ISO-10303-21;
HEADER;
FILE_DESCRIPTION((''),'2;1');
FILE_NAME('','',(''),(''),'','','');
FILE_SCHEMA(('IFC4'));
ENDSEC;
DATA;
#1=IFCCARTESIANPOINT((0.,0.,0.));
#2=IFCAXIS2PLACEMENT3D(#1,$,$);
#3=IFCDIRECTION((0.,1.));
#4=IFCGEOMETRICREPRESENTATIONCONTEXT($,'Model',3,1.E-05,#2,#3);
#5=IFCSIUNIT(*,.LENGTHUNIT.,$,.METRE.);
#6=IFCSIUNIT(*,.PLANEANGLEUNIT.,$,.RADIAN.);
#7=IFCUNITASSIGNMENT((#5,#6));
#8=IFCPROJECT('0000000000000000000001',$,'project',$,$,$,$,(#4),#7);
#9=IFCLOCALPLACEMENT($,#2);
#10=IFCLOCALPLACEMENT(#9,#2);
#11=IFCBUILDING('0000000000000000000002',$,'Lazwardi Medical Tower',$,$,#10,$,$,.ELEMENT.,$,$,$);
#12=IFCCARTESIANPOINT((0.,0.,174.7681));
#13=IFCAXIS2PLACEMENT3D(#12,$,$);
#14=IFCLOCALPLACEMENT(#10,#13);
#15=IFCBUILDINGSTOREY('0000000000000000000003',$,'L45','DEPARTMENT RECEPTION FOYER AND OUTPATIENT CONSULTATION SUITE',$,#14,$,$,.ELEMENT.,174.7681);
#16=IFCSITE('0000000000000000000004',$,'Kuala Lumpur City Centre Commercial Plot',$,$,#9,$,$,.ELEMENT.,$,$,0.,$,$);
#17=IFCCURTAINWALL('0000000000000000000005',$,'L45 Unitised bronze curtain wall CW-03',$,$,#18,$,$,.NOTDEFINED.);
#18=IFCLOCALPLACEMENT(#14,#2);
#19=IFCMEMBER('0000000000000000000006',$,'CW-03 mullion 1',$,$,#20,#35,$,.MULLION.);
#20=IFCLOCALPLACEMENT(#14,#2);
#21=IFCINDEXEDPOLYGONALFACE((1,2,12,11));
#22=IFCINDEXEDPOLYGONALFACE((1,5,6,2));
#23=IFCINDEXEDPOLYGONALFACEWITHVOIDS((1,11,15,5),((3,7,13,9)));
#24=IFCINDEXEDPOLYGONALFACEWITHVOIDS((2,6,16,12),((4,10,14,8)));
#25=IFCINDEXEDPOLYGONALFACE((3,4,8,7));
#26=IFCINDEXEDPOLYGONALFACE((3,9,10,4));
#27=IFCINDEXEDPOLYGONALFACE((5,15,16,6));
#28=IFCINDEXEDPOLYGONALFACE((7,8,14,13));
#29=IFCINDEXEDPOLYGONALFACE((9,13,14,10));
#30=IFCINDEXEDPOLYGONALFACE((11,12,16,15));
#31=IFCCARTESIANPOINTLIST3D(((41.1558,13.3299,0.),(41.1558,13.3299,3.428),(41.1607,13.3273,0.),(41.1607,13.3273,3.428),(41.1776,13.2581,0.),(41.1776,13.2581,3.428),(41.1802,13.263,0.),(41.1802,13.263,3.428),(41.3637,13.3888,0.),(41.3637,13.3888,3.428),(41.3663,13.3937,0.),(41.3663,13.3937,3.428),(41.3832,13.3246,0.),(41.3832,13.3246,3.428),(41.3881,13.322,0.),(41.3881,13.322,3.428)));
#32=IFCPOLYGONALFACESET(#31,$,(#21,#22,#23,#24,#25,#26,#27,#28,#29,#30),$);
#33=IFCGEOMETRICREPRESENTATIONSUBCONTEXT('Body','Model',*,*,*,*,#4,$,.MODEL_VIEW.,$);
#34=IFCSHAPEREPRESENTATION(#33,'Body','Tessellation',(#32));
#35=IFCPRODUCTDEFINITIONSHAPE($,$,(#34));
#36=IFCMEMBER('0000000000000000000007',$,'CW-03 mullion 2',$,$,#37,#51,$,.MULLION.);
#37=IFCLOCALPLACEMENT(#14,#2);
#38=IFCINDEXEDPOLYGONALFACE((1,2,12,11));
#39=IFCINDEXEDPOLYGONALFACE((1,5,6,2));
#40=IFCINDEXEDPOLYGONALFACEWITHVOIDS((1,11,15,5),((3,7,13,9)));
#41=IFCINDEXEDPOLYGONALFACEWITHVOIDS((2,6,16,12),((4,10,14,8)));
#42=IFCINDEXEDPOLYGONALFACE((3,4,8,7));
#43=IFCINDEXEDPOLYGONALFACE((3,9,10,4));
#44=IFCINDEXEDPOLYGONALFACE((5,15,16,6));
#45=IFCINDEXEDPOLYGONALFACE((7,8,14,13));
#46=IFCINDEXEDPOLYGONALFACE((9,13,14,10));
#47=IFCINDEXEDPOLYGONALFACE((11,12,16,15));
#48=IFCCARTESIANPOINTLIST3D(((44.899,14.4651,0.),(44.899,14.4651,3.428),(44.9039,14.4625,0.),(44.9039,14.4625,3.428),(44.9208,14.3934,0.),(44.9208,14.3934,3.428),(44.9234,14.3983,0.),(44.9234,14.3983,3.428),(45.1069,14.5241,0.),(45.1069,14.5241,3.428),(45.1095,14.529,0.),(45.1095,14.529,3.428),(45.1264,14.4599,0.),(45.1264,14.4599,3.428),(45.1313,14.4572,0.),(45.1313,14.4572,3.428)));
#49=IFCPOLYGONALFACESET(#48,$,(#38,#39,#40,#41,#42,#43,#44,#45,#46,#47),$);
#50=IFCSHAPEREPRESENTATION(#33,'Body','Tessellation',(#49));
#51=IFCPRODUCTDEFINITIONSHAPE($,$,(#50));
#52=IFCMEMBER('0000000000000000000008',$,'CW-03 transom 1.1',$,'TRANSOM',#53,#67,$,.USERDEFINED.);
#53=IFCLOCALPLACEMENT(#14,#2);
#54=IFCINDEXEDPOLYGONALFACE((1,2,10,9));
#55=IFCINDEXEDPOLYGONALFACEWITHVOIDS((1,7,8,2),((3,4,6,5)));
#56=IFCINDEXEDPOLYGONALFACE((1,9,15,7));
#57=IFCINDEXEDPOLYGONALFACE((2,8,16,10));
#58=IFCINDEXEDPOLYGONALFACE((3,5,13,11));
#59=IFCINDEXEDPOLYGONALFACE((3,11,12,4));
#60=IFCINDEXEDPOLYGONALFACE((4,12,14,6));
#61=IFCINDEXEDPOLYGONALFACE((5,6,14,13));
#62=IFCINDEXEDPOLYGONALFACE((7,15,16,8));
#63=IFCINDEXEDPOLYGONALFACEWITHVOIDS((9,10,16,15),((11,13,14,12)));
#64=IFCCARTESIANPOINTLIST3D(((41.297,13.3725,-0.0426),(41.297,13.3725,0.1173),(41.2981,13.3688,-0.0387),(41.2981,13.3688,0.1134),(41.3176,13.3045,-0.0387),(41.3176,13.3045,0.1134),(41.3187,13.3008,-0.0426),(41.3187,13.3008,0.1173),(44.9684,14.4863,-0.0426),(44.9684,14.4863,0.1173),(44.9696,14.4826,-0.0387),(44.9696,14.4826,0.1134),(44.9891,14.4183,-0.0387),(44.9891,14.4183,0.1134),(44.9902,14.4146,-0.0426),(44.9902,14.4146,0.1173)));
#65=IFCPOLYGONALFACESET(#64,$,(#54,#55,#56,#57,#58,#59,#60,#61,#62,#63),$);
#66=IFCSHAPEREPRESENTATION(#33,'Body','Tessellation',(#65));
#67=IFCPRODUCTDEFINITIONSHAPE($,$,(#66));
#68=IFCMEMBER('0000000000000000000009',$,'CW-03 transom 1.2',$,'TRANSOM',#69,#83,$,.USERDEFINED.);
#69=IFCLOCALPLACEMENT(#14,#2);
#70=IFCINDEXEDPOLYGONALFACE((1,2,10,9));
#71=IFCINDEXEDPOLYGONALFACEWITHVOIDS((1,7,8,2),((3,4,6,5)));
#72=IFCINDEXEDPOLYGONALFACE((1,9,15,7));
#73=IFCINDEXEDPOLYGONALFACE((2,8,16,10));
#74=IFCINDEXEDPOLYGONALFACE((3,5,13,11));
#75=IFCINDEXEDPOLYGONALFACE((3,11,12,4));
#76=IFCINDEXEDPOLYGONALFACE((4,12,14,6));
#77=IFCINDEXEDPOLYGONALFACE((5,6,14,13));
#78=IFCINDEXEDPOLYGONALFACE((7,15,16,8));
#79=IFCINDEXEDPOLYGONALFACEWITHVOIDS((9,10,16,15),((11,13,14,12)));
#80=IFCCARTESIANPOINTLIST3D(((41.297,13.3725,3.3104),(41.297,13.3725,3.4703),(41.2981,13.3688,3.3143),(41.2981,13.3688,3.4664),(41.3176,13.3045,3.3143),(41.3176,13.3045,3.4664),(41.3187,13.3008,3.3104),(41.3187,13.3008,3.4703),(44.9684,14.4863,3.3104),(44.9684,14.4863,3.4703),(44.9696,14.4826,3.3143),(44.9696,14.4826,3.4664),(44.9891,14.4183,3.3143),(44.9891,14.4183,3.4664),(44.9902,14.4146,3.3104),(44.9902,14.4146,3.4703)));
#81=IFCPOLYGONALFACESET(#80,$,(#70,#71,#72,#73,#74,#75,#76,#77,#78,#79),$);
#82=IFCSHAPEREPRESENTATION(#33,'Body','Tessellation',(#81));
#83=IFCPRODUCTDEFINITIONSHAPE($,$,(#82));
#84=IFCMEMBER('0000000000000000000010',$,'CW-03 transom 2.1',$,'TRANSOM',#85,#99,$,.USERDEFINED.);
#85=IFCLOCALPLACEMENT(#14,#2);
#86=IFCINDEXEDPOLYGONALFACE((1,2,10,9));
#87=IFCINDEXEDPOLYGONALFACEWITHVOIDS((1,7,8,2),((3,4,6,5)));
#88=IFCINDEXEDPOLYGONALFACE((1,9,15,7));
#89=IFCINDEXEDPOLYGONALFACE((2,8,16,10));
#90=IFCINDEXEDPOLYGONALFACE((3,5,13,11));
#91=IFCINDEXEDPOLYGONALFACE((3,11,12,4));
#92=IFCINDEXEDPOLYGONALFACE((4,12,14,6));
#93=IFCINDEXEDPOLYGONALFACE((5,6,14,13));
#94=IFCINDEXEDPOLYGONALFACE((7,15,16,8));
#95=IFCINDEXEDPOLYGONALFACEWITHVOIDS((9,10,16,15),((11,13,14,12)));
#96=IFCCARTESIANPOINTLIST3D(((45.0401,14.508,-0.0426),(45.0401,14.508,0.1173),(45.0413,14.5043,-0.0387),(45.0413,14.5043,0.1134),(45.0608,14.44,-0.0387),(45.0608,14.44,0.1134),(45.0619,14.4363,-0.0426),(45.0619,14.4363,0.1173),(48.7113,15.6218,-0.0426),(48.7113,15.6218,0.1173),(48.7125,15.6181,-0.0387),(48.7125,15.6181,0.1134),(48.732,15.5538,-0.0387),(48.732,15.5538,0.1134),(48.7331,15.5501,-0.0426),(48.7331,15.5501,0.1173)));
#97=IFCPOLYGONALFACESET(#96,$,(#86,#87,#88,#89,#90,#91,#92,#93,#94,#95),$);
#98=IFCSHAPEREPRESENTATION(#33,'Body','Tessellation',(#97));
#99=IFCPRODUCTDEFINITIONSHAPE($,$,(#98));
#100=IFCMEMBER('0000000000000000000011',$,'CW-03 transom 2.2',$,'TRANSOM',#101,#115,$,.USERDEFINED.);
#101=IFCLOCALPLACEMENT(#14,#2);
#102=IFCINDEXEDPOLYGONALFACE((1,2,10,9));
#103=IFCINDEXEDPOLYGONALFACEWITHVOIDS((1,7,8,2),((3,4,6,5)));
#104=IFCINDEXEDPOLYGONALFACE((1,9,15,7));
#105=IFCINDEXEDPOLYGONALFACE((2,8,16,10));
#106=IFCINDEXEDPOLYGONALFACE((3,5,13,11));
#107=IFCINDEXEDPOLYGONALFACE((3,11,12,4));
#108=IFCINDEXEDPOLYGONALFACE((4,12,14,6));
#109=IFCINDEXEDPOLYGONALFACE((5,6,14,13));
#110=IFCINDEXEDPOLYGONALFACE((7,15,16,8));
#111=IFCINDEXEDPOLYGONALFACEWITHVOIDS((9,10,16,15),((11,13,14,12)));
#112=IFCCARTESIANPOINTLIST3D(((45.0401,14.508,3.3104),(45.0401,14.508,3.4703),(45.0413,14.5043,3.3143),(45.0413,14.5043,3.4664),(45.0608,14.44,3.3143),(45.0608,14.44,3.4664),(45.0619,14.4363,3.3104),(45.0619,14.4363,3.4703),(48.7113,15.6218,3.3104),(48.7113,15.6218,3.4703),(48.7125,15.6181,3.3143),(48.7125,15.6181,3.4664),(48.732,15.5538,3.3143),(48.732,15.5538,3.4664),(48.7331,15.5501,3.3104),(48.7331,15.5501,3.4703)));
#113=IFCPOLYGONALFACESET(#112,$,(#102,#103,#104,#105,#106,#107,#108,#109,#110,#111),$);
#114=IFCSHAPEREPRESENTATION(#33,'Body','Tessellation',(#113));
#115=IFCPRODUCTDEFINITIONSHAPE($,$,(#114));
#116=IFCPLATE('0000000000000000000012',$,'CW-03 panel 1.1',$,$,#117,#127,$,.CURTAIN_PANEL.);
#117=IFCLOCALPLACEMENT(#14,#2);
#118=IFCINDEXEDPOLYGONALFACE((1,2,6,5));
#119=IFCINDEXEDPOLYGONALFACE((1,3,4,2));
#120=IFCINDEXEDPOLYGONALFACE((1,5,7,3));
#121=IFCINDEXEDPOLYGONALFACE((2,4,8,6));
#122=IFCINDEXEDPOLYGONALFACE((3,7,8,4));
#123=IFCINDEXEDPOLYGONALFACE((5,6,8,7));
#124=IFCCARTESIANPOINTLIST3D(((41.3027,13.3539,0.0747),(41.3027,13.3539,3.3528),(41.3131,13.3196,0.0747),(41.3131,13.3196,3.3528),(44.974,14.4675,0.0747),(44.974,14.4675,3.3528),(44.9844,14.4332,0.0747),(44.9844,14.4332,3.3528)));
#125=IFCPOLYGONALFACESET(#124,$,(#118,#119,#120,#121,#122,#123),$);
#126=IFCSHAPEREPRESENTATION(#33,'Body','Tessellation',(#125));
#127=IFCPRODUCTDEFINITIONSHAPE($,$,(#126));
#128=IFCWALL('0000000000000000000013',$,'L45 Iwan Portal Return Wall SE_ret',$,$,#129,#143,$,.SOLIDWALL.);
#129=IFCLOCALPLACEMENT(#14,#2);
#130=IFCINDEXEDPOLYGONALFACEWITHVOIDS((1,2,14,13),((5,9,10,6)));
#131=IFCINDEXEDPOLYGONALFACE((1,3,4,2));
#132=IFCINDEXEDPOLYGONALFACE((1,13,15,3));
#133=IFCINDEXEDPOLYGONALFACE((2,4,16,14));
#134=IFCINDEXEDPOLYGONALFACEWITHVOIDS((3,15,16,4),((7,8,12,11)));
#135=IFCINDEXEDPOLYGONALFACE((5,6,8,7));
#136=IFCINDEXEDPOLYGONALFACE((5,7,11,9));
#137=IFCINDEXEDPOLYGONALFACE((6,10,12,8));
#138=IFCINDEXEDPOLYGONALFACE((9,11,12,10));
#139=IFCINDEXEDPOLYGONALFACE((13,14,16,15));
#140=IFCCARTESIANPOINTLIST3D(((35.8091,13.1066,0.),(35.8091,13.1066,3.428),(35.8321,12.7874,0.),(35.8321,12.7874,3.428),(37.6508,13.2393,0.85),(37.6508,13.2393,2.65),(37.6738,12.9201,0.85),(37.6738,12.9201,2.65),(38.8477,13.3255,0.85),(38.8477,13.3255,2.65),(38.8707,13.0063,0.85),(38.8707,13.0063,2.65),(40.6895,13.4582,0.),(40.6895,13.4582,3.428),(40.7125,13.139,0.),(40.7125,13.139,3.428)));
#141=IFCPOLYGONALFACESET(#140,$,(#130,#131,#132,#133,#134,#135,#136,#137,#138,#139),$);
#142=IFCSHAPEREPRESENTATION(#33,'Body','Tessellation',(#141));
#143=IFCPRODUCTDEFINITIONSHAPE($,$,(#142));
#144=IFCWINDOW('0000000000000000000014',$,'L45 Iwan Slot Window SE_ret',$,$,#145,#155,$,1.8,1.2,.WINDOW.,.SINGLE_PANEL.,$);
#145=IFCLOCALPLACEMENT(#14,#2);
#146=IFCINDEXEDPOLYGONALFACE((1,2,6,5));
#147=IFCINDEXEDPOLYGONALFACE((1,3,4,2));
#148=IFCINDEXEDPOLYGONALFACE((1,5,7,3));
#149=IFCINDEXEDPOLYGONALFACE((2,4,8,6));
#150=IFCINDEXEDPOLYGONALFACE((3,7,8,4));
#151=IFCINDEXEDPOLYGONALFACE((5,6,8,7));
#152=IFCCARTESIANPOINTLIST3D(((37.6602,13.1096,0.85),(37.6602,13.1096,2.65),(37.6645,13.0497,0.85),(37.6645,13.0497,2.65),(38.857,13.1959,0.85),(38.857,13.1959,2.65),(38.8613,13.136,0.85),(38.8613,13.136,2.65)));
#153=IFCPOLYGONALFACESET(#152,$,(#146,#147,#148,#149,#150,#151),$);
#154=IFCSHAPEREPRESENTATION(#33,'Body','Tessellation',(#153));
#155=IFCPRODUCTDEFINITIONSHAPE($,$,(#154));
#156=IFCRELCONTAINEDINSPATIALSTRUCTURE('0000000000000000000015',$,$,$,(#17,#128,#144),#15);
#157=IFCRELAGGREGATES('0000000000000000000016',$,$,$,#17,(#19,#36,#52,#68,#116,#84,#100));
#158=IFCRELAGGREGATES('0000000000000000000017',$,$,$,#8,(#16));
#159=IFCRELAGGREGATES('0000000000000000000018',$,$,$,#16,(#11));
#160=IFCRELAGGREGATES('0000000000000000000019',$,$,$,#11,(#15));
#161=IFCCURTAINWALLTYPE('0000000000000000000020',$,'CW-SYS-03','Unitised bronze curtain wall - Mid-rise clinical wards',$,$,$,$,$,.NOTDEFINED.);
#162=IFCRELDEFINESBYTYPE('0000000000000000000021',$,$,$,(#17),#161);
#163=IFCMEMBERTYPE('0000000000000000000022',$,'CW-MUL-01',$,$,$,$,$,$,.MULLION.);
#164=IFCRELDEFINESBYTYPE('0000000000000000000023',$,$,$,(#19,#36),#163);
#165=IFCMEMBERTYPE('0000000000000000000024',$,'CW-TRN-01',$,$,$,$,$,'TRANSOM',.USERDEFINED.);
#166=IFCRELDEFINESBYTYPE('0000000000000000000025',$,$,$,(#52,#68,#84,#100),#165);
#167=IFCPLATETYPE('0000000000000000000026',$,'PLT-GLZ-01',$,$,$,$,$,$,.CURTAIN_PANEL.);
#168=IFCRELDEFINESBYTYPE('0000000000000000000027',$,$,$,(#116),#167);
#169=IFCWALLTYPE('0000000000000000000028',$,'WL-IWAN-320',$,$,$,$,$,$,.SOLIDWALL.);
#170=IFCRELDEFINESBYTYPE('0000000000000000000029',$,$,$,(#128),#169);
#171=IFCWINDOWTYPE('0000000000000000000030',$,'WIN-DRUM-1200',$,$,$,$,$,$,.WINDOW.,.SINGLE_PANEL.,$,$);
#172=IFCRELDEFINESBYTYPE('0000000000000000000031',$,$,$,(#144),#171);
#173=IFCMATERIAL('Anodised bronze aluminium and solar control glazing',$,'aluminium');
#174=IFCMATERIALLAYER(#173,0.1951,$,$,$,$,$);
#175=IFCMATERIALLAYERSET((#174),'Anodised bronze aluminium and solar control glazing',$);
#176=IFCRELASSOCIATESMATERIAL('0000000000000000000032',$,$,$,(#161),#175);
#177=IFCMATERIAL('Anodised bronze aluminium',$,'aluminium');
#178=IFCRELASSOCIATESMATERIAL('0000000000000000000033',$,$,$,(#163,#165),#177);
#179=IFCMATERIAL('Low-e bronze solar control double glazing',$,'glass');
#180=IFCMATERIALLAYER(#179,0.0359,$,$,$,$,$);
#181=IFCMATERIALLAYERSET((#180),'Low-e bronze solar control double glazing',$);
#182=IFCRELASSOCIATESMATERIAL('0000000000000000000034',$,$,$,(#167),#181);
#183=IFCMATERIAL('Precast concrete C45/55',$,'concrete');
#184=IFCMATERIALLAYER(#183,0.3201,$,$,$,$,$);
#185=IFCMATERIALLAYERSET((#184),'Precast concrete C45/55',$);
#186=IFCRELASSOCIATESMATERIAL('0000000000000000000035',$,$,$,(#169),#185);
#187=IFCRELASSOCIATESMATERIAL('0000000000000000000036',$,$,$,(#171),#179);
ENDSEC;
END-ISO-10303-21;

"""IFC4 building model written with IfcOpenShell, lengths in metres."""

from ifc_helpers import new_model, si_unit, direction, frame, frame_2d, origin, origin_2d, place, context, subcontext, project, spatial, rectangle, hollow_rectangle, extrude, material, layer, layer_set, material_profile, profile_set, type_object, element, fill, aggregate, save


model = new_model("IFC4")

# Units and contexts
model_context = context("Model", 3, precision=1e-05, world=origin(), true_north=direction((0.0, 1.0)))
body_context = subcontext(model_context, "Body", "Model", "MODEL_VIEW")
ifc_project = project(units=[si_unit("LENGTHUNIT", "METRE"), si_unit("PLANEANGLEUNIT", "RADIAN")], contexts=[model_context])

# Site, building, storey
site_placement = place(None, origin())
site = spatial("IfcSite", under=ifc_project, at=site_placement, Name="Kuala Lumpur City Centre Commercial Plot", CompositionType="ELEMENT", RefElevation=0.0)
building_placement = place(site_placement, origin())
building = spatial("IfcBuilding", under=site, at=building_placement, Name="Lazwardi Medical Tower", CompositionType="ELEMENT")
storey_placement = place(building_placement, frame((0.0, 0.0, 174.7681)))
storey = spatial("IfcBuildingStorey", under=building, at=storey_placement, Name="L45", Description="DEPARTMENT RECEPTION FOYER AND OUTPATIENT CONSULTATION SUITE", CompositionType="ELEMENT", Elevation=174.7681)

# Curtain wall, members, plate
ifc_material_1 = material(Name="Anodised bronze aluminium and solar control glazing", Category="aluminium")
ifc_layer_1 = layer(ifc_material_1, 0.1951)
ifc_layer_set_1 = layer_set([ifc_layer_1], Name="Anodised bronze aluminium and solar control glazing")
curtain_wall_type = type_object("IfcCurtainWallType", Name="CW-SYS-03", Description="Unitised bronze curtain wall - Mid-rise clinical wards", PredefinedType="NOTDEFINED", material=ifc_layer_set_1)
curtain_wall_placement = place(storey_placement, origin())
curtain_wall = element("IfcCurtainWall", 1, at=curtain_wall_placement, inside=storey, type_object=curtain_wall_type, Name="L45 Unitised bronze curtain wall CW-03", PredefinedType="NOTDEFINED")
ifc_material_2 = material(Name="Anodised bronze aluminium", Category="aluminium")
ifc_material_profile_1 = material_profile(ifc_material_2, hollow_rectangle(XDim=0.075, YDim=0.22, WallThickness=0.0039, at=origin_2d()), Name="ALU-MULLION 220x75x4")
ifc_profile_set_1 = profile_set([ifc_material_profile_1], Name="Anodised bronze aluminium")
member_type_1 = type_object("IfcMemberType", Name="CW-MUL-01", PredefinedType="MULLION", material=ifc_profile_set_1)
member_1_placement = place(storey_placement, frame((41.272, 13.3259, 0.0), z_axis=(0.0, 0.0, 1.0), x_axis=(-0.290281, 0.956942, 0.0)))
member_1 = element("IfcMember", 2, at=member_1_placement, type_object=member_type_1, Name="CW-03 mullion 1", PredefinedType="MULLION", context=body_context, shape_type="SweptSolid", body=[
    extrude(hollow_rectangle(XDim=0.075, YDim=0.22, WallThickness=0.0039, at=origin_2d()), origin(), (0.0, 0.0, 1.0), 3.428),
])
member_2_placement = place(storey_placement, frame((45.0151, 14.4612, 0.0), z_axis=(0.0, 0.0, 1.0), x_axis=(-0.290281, 0.956942, 0.0)))
member_2 = element("IfcMember", 3, at=member_2_placement, type_object=member_type_1, Name="CW-03 mullion 2", PredefinedType="MULLION", context=body_context, shape_type="SweptSolid", body=[
    extrude(hollow_rectangle(XDim=0.075, YDim=0.22, WallThickness=0.0039, at=origin_2d()), origin(), (0.0, 0.0, 1.0), 3.428),
])
ifc_material_profile_2 = material_profile(ifc_material_2, hollow_rectangle(XDim=0.075, YDim=0.1599, WallThickness=0.0039, at=origin_2d()), Name="ALU-TRANSOM 160x75x4")
ifc_profile_set_2 = profile_set([ifc_material_profile_2], Name="Anodised bronze aluminium")
member_type_2 = type_object("IfcMemberType", Name="CW-TRN-01", ElementType="TRANSOM", PredefinedType="USERDEFINED", material=ifc_profile_set_2)
member_3_placement = place(storey_placement, frame((41.3079, 13.3367, 0.0374), z_axis=(0.956936, 0.290301, 0.0), x_axis=(-0.290301, 0.956936, 0.0)))
member_3 = element("IfcMember", 4, at=member_3_placement, type_object=member_type_2, Name="CW-03 transom 1.1", ObjectType="TRANSOM", PredefinedType="USERDEFINED", context=body_context, shape_type="SweptSolid", body=[
    extrude(hollow_rectangle(XDim=0.075, YDim=0.1599, WallThickness=0.0039, at=origin_2d()), origin(), (0.0, 0.0, 1.0), 3.8367),
])
member_4_placement = place(storey_placement, frame((41.3079, 13.3367, 3.3904), z_axis=(0.956936, 0.290301, 0.0), x_axis=(-0.290301, 0.956936, 0.0)))
member_4 = element("IfcMember", 5, at=member_4_placement, type_object=member_type_2, Name="CW-03 transom 1.2", ObjectType="TRANSOM", PredefinedType="USERDEFINED", context=body_context, shape_type="SweptSolid", body=[
    extrude(hollow_rectangle(XDim=0.075, YDim=0.1599, WallThickness=0.0039, at=origin_2d()), origin(), (0.0, 0.0, 1.0), 3.8367),
])
member_5_placement = place(storey_placement, frame((45.051, 14.4722, 0.0374), z_axis=(0.95693, 0.290318, 0.0), x_axis=(-0.290318, 0.95693, 0.0)))
member_5 = element("IfcMember", 6, at=member_5_placement, type_object=member_type_2, Name="CW-03 transom 2.1", ObjectType="TRANSOM", PredefinedType="USERDEFINED", context=body_context, shape_type="SweptSolid", body=[
    extrude(hollow_rectangle(XDim=0.075, YDim=0.1599, WallThickness=0.0039, at=origin_2d()), origin(), (0.0, 0.0, 1.0), 3.8364),
])
member_6_placement = place(storey_placement, frame((45.051, 14.4722, 3.3904), z_axis=(0.95693, 0.290318, 0.0), x_axis=(-0.290318, 0.95693, 0.0)))
member_6 = element("IfcMember", 7, at=member_6_placement, type_object=member_type_2, Name="CW-03 transom 2.2", ObjectType="TRANSOM", PredefinedType="USERDEFINED", context=body_context, shape_type="SweptSolid", body=[
    extrude(hollow_rectangle(XDim=0.075, YDim=0.1599, WallThickness=0.0039, at=origin_2d()), origin(), (0.0, 0.0, 1.0), 3.8364),
])
ifc_material_3 = material(Name="Low-e bronze solar control double glazing", Category="glass")
ifc_layer_2 = layer(ifc_material_3, 0.0359)
ifc_layer_set_2 = layer_set([ifc_layer_2], Name="Low-e bronze solar control double glazing")
plate_type = type_object("IfcPlateType", Name="PLT-GLZ-01", PredefinedType="CURTAIN_PANEL", material=ifc_layer_set_2)
plate_placement = place(storey_placement, frame((43.1436, 13.8936, 0.0747), z_axis=(0.0, 0.0, 1.0), x_axis=(0.956942, 0.290281, 0.0)))
plate = element("IfcPlate", 8, at=plate_placement, type_object=plate_type, Name="CW-03 panel 1.1", PredefinedType="CURTAIN_PANEL", context=body_context, shape_type="SweptSolid", body=[
    extrude(rectangle(XDim=3.8364, YDim=0.0359, at=origin_2d()), origin(), (0.0, 0.0, 1.0), 3.2781),
])
aggregate(curtain_wall, [member_1, member_2, member_3, member_4, plate, member_5, member_6])

# Wall, opening, window
ifc_material_4 = material(Name="Precast concrete C45/55", Category="concrete")
ifc_layer_3 = layer(ifc_material_4, 0.3201)
ifc_layer_set_3 = layer_set([ifc_layer_3], Name="Precast concrete C45/55")
wall_type = type_object("IfcWallType", Name="WL-IWAN-320", PredefinedType="SOLIDWALL", material=ifc_layer_set_3)
wall_1_placement = place(storey_placement, frame((35.8206, 12.947, 0.0), z_axis=(0.0, 0.0, 1.0), x_axis=(0.997415, 0.07185, 0.0)))
wall_1 = element("IfcWall", 9, at=wall_1_placement, inside=storey, type_object=wall_type, Name="L45 Iwan Portal Return Wall SE_ret", PredefinedType="SOLIDWALL", context=body_context, shape_type="SweptSolid", body=[
    extrude(rectangle(XDim=4.8931, YDim=0.3201, at=frame_2d((2.4465, 0.0))), origin(), (0.0, 0.0, 1.0), 3.428),
])
opening_1_placement = place(wall_1_placement, frame((1.8464, 0.0, 0.8501)))
opening_1 = element("IfcOpeningElement", 10, at=opening_1_placement, cuts=wall_1, PredefinedType="OPENING", context=body_context, shape_type="SweptSolid", body=[
    extrude(rectangle(XDim=1.2, YDim=1.8, at=frame_2d((0.6001, 0.8999))), frame((0.0, 0.1699, 0.0), z_axis=(0.0, -1.0, 0.0), x_axis=(1.0, 0.0, 0.0)), (0.0, 0.0, 1.0), 0.3401),
])
window_type_1 = type_object("IfcWindowType", Name="WIN-DRUM-1200", PartitioningType="SINGLE_PANEL", PredefinedType="WINDOW", material=ifc_material_3)
window_1_placement = place(opening_1_placement, origin())
window_1 = element("IfcWindow", 11, at=window_1_placement, inside=storey, type_object=window_type_1, Name="L45 Iwan Slot Window SE_ret", OverallHeight=1.8, OverallWidth=1.2, PartitioningType="SINGLE_PANEL", PredefinedType="WINDOW", context=body_context, shape_type="SweptSolid", body=[
    extrude(rectangle(XDim=1.2, YDim=1.8, at=frame_2d((0.6001, 0.8999))), frame((0.0, 0.03, 0.0), z_axis=(0.0, -1.0, 0.0), x_axis=(1.0, 0.0, 0.0)), (0.0, 0.0, 1.0), 0.0601),
])
fill(opening_1, window_1)

save(model, "model.ifc")
